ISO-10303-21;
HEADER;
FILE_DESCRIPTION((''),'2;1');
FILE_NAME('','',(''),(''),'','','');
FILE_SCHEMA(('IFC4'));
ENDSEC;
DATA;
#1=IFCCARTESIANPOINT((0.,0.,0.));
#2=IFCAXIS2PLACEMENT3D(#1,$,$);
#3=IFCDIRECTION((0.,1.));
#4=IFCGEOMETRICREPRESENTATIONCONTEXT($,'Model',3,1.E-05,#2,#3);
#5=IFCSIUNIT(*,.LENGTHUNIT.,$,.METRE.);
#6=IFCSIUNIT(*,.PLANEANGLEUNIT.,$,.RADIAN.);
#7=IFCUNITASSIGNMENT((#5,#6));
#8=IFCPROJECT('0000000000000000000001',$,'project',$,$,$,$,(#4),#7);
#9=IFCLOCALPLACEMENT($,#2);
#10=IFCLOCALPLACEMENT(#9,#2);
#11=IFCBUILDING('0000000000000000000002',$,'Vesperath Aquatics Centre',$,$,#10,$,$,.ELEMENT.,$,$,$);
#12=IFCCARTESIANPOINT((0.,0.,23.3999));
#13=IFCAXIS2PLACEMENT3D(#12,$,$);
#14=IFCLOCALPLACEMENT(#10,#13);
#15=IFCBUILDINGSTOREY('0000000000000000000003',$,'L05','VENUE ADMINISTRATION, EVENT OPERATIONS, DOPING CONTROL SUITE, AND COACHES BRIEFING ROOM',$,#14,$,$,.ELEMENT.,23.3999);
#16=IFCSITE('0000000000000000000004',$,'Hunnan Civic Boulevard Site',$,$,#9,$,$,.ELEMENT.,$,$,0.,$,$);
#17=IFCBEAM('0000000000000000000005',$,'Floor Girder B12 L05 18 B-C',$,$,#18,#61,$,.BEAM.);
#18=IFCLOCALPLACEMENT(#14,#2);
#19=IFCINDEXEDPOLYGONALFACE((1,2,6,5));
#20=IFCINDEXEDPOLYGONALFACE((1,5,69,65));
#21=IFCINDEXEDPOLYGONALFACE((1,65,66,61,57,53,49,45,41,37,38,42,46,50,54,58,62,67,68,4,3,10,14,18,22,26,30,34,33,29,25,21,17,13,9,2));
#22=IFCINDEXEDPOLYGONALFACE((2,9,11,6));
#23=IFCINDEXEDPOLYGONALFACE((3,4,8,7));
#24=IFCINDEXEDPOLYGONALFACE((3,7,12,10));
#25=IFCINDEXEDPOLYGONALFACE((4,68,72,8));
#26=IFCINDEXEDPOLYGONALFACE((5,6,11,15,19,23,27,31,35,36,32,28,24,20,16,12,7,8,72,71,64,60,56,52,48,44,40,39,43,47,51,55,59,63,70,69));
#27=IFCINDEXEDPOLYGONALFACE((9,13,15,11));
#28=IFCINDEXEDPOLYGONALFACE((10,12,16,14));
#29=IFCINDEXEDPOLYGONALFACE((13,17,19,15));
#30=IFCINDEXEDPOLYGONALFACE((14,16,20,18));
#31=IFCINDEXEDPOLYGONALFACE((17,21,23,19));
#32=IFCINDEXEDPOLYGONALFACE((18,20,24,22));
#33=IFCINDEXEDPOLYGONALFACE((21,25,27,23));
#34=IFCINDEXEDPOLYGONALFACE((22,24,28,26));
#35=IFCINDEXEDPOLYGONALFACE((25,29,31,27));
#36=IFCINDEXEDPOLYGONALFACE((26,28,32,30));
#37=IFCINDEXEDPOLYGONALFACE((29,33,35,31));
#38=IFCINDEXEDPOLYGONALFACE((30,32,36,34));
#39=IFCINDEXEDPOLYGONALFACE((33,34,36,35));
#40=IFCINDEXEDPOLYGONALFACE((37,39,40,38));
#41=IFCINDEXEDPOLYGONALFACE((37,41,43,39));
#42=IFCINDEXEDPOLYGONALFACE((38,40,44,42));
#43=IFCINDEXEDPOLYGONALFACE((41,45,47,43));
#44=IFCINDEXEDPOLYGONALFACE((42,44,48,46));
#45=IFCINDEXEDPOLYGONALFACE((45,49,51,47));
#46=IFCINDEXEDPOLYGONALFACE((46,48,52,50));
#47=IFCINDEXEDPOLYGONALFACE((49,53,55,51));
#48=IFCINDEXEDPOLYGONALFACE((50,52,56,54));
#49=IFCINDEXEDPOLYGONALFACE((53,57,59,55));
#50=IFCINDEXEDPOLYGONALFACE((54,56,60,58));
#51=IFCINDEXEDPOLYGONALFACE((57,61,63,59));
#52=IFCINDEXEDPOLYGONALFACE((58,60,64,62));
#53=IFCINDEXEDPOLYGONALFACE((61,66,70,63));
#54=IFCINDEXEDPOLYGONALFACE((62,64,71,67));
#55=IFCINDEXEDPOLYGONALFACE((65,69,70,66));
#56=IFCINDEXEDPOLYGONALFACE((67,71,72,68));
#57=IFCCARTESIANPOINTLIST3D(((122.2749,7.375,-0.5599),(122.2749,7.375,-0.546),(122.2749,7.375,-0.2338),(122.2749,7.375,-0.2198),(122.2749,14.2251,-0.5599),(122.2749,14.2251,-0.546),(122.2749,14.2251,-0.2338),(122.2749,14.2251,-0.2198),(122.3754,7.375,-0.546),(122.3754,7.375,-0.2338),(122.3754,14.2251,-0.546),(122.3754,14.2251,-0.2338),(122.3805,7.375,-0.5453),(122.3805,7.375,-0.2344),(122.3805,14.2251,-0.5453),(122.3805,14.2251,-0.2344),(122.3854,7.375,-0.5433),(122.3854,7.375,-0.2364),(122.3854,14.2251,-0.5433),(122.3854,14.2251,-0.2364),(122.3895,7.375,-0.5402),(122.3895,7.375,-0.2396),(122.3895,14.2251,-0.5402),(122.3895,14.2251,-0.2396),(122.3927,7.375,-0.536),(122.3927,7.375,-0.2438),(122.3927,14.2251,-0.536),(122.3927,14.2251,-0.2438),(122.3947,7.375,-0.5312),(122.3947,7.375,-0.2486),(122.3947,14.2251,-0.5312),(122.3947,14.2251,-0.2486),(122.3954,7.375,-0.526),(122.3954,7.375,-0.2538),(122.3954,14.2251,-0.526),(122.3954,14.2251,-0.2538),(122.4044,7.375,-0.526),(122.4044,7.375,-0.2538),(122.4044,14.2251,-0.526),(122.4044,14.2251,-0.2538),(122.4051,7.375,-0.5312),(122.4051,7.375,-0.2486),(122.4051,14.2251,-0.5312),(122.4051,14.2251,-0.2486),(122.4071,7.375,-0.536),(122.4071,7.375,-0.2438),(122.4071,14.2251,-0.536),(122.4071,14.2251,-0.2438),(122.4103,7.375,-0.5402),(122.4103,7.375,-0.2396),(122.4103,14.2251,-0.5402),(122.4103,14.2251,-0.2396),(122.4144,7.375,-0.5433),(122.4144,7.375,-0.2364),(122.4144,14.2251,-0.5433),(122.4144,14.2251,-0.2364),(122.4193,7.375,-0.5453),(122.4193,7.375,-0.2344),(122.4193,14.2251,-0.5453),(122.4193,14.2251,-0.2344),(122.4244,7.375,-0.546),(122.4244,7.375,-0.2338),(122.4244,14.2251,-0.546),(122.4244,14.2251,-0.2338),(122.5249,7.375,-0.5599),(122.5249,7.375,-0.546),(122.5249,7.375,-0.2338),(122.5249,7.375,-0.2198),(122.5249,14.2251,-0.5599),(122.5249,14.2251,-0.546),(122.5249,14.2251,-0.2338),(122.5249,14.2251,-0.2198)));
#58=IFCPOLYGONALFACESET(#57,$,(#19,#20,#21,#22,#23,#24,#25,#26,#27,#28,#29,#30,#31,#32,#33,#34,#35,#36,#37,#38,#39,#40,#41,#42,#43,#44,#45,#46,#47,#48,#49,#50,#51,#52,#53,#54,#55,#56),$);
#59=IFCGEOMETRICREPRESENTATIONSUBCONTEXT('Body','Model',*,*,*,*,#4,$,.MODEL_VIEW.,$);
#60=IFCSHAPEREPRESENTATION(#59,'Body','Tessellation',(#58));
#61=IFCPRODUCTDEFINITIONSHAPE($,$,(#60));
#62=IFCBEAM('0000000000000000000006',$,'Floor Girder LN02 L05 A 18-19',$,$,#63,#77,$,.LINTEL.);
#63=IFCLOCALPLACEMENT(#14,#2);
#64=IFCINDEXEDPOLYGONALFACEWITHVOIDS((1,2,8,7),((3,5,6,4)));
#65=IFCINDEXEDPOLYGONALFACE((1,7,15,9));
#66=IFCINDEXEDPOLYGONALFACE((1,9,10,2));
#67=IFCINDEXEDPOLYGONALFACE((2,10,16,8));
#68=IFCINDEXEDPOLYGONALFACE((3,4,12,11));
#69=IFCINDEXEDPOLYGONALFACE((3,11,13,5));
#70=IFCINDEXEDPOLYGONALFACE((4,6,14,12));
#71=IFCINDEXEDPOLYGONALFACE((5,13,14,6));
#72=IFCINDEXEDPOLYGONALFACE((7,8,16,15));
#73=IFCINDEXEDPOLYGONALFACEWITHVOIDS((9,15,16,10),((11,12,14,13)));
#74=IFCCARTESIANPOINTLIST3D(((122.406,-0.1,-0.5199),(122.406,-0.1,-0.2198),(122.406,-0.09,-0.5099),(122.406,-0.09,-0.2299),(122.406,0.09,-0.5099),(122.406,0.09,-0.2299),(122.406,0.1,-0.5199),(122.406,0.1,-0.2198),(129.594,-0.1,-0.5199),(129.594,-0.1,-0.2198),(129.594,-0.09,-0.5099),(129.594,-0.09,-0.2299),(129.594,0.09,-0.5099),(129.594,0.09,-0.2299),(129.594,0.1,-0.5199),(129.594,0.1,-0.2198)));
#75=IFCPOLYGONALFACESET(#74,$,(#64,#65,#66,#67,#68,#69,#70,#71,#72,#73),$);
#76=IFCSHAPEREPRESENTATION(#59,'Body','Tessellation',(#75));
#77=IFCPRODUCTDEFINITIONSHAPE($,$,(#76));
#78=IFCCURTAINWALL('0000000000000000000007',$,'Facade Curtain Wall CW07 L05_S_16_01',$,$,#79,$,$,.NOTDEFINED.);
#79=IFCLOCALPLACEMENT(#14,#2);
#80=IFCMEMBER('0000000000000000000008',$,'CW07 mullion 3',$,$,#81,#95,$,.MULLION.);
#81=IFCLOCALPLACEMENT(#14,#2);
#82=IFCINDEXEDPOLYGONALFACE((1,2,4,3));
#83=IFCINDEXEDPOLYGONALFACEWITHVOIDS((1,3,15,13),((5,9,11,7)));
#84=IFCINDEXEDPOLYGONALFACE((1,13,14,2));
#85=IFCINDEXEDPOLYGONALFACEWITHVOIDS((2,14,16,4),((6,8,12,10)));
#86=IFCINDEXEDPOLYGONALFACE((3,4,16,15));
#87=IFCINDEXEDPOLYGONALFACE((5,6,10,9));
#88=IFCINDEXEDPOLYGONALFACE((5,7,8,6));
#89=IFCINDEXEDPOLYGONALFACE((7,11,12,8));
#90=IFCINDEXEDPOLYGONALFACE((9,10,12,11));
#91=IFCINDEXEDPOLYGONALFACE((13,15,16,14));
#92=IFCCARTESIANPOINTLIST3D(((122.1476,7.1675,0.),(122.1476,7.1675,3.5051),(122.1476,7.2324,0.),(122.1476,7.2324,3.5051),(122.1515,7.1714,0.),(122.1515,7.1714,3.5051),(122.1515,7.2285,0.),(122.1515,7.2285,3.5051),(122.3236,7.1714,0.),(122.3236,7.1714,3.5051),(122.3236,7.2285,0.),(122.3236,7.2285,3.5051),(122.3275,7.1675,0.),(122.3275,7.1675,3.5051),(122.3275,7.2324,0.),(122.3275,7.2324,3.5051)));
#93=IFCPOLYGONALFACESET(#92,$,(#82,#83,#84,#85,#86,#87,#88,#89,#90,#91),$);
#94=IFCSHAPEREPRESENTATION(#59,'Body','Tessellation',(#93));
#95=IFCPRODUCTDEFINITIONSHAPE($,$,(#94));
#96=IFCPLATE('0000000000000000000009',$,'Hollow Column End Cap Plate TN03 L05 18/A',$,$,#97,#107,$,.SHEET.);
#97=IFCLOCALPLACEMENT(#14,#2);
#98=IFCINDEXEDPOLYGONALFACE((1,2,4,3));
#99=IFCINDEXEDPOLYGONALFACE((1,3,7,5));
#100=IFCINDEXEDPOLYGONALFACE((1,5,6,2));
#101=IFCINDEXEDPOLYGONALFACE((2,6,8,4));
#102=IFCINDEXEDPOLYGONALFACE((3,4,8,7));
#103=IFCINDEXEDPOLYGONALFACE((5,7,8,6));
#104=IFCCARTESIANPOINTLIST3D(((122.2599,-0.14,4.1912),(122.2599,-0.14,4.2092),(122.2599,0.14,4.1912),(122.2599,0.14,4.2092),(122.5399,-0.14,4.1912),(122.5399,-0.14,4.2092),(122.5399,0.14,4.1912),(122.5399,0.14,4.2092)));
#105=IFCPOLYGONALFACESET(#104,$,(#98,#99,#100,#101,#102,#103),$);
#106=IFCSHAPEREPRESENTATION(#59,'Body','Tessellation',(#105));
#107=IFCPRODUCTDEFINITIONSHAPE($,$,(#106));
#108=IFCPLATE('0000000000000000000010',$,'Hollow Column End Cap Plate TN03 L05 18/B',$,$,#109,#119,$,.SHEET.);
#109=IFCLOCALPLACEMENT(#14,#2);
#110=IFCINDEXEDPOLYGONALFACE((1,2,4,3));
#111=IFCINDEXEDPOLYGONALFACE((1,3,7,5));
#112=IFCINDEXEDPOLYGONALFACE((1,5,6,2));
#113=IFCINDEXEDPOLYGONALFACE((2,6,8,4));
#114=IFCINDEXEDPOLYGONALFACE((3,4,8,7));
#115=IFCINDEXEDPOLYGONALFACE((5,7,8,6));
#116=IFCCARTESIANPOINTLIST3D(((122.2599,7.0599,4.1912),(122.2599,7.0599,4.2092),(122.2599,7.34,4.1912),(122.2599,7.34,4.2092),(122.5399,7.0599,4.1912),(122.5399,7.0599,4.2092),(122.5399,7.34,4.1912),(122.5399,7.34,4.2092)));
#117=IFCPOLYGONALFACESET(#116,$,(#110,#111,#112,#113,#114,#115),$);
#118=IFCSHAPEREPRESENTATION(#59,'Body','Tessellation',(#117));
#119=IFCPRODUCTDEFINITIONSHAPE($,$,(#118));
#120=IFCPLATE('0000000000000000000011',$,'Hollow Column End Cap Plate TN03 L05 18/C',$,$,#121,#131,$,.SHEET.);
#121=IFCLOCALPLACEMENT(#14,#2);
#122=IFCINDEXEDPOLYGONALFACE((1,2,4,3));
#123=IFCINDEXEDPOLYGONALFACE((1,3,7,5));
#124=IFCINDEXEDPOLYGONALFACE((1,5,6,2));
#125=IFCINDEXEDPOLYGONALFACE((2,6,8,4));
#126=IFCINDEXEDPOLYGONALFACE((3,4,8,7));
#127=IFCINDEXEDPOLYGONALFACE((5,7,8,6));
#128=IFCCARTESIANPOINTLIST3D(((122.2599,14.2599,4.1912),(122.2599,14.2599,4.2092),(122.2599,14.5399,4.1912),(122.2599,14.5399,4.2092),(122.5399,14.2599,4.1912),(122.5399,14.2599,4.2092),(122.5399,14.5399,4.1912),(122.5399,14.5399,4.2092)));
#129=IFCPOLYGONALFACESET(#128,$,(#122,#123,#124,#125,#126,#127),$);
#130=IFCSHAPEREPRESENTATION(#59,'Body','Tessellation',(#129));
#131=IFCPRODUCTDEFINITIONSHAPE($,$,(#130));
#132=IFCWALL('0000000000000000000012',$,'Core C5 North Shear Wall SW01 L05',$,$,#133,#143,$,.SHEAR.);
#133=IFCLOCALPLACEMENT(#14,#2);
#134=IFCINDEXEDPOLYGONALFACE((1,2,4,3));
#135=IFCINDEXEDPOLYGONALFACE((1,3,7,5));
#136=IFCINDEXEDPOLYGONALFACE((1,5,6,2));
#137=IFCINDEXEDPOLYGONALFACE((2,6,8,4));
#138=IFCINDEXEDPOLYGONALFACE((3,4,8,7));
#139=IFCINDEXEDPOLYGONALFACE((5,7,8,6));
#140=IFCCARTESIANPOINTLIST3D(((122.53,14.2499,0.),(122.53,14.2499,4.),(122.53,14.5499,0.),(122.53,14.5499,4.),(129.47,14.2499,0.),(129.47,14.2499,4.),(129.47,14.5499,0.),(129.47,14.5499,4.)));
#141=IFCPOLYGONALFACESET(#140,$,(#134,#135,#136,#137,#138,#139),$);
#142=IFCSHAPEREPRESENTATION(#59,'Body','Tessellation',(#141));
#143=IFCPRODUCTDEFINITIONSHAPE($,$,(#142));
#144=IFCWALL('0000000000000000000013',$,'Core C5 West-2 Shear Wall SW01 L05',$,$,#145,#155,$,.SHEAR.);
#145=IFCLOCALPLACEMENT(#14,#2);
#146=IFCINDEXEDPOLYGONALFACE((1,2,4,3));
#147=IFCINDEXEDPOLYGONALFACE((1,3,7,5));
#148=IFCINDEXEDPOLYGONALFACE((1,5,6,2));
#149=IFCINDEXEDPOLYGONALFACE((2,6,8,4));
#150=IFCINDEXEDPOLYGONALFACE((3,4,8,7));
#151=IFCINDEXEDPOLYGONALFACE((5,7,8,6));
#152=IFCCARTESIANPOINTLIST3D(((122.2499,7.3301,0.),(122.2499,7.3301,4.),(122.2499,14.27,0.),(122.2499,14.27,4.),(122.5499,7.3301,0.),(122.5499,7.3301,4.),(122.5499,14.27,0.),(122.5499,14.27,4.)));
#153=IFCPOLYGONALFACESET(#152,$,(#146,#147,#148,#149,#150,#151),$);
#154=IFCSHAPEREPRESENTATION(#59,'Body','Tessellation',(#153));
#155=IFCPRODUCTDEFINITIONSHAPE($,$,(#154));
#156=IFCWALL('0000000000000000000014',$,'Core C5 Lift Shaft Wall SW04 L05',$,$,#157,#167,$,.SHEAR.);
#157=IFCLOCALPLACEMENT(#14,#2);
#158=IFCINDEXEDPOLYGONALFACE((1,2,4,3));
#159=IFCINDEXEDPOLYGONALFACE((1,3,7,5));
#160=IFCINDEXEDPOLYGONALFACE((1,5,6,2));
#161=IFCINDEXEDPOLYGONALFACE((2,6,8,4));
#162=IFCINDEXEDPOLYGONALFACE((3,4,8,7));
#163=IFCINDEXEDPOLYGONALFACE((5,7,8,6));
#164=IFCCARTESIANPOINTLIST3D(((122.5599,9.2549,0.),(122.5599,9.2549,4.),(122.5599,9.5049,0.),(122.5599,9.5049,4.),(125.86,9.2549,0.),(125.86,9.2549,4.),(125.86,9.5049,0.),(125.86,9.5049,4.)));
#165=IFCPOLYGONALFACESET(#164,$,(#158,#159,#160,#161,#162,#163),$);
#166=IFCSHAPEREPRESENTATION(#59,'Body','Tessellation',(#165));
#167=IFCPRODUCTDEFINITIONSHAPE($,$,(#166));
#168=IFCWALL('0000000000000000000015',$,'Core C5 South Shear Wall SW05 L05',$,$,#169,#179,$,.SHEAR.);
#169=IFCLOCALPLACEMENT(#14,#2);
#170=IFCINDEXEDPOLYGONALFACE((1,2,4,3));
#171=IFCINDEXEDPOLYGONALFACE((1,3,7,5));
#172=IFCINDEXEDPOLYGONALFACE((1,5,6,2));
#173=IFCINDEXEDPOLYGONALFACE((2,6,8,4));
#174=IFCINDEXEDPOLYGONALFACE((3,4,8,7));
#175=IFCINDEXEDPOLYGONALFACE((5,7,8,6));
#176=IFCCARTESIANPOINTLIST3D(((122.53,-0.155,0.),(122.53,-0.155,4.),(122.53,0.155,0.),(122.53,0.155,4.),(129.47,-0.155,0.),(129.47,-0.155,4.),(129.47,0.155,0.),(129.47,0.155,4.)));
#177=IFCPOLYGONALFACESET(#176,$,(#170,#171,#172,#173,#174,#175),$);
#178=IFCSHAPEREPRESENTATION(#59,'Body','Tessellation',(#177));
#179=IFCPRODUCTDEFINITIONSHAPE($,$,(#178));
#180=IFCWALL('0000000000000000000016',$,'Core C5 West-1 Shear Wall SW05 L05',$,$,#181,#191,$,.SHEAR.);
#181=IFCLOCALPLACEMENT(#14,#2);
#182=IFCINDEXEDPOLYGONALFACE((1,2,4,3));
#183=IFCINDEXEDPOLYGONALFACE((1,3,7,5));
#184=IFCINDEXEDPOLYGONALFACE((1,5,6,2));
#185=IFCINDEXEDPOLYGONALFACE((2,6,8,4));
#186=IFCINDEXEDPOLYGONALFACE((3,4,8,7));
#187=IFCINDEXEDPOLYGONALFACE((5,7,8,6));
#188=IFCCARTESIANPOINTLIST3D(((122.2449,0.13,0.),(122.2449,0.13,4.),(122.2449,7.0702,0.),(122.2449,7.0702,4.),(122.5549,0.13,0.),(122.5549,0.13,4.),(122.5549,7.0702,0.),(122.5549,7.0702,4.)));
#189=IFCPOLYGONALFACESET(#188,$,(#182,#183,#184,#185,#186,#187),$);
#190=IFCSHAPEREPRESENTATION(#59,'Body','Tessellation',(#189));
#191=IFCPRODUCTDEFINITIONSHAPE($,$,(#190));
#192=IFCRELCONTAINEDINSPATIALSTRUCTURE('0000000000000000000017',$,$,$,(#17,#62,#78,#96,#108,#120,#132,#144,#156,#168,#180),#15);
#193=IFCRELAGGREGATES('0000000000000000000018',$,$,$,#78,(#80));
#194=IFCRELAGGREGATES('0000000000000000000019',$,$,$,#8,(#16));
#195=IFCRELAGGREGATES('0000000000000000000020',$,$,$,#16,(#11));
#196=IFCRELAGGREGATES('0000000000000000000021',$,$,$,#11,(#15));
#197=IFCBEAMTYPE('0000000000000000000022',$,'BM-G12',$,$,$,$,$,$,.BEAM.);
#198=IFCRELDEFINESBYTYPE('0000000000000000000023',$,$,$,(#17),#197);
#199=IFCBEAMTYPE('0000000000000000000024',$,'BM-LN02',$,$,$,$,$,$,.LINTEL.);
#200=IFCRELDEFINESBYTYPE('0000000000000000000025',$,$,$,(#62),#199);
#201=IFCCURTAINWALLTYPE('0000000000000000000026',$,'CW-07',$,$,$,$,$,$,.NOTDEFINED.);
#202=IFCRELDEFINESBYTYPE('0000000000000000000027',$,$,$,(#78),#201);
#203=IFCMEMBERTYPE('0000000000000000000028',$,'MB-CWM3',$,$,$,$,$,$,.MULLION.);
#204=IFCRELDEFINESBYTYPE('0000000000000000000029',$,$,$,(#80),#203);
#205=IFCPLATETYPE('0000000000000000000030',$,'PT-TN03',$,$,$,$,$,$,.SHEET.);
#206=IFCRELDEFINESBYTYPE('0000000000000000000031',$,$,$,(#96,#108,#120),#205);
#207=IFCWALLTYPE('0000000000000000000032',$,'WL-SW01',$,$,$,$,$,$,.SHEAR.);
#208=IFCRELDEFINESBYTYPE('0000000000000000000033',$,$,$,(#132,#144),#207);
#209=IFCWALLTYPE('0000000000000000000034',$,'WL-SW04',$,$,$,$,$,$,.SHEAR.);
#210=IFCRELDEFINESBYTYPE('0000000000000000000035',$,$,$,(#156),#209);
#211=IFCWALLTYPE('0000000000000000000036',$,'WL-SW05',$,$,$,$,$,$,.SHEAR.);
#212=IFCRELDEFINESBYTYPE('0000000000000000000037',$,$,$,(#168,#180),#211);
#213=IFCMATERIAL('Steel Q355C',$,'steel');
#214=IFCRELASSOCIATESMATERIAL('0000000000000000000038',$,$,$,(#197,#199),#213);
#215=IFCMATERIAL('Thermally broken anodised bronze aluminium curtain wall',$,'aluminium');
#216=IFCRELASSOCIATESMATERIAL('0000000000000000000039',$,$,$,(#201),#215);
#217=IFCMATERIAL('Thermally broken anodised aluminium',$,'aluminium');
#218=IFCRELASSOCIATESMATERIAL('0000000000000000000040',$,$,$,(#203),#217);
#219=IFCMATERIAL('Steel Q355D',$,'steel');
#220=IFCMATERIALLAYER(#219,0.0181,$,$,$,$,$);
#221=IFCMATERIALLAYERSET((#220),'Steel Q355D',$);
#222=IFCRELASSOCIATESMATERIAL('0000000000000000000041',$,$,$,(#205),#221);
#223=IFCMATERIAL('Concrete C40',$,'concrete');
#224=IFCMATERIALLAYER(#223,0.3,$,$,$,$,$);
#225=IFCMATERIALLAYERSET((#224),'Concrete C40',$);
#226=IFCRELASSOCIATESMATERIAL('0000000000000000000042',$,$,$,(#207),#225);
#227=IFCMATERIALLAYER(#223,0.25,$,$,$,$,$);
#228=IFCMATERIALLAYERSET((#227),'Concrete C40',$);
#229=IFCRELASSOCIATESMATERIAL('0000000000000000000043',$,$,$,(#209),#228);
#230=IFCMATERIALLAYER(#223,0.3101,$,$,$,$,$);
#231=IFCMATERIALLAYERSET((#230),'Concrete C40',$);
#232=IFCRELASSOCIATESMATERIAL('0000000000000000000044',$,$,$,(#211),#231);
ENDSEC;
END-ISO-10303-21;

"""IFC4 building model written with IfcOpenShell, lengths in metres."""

from ifc_helpers import new_model, si_unit, direction, frame, frame_2d, origin, origin_2d, place, context, subcontext, project, spatial, rectangle, hollow_rectangle, i_section, extrude, material, layer, layer_set, material_profile, profile_set, type_object, element, aggregate, save


model = new_model("IFC4")

# Units and contexts
model_context = context("Model", 3, precision=1e-05, world=origin(), true_north=direction((0.0, 1.0)))
body_context = subcontext(model_context, "Body", "Model", "MODEL_VIEW")
ifc_project = project(units=[si_unit("LENGTHUNIT", "METRE"), si_unit("PLANEANGLEUNIT", "RADIAN")], contexts=[model_context])

# Site, building, storey
site_placement = place(None, origin())
site = spatial("IfcSite", under=ifc_project, at=site_placement, Name="Hunnan Civic Boulevard Site", CompositionType="ELEMENT", RefElevation=0.0)
building_placement = place(site_placement, origin())
building = spatial("IfcBuilding", under=site, at=building_placement, Name="Vesperath Aquatics Centre", CompositionType="ELEMENT")
storey_placement = place(building_placement, frame((0.0, 0.0, 23.3999)))
storey = spatial("IfcBuildingStorey", under=building, at=storey_placement, Name="L05", Description="VENUE ADMINISTRATION, EVENT OPERATIONS, DOPING CONTROL SUITE, AND COACHES BRIEFING ROOM", CompositionType="ELEMENT", Elevation=23.3999)

# Shared definitions
ifc_material_1 = material(Name="Steel Q355C", Category="steel")

# Beams
ifc_material_profile_1 = material_profile(ifc_material_1, i_section(OverallWidth=0.25, OverallDepth=0.3401, WebThickness=0.009, FlangeThickness=0.0139, FilletRadius=0.02, at=origin_2d()), Name="HM 340x250x9x14")
ifc_profile_set_1 = profile_set([ifc_material_profile_1], Name="Steel Q355C")
beam_type_1 = type_object("IfcBeamType", Name="BM-G12", PredefinedType="BEAM", material=ifc_profile_set_1)
beam_1_placement = place(storey_placement, frame((122.3999, 7.375, -0.3899), z_axis=(0.0, 1.0, 0.0), x_axis=(-1.0, 0.0, 0.0)))
element("IfcBeam", 1, at=beam_1_placement, inside=storey, type_object=beam_type_1, Name="Floor Girder B12 L05 18 B-C", PredefinedType="BEAM", context=body_context, shape_type="SweptSolid", body=[
    extrude(i_section(OverallWidth=0.25, OverallDepth=0.3401, WebThickness=0.009, FlangeThickness=0.0139, FilletRadius=0.02, at=origin_2d()), origin(), (0.0, 0.0, 1.0), 6.8501),
])
ifc_material_profile_2 = material_profile(ifc_material_1, hollow_rectangle(XDim=0.2, YDim=0.3, WallThickness=0.01, at=origin_2d()), Name="RHS 300x200x10")
ifc_profile_set_2 = profile_set([ifc_material_profile_2], Name="Steel Q355C")
beam_type_2 = type_object("IfcBeamType", Name="BM-LN02", PredefinedType="LINTEL", material=ifc_profile_set_2)
beam_2_placement = place(storey_placement, frame((122.406, 0.0, -0.3699), z_axis=(1.0, 0.0, 0.0), x_axis=(0.0, 1.0, 0.0)))
element("IfcBeam", 2, at=beam_2_placement, inside=storey, type_object=beam_type_2, Name="Floor Girder LN02 L05 A 18-19", PredefinedType="LINTEL", context=body_context, shape_type="SweptSolid", body=[
    extrude(hollow_rectangle(XDim=0.2, YDim=0.3, WallThickness=0.01, at=origin_2d()), origin(), (0.0, 0.0, 1.0), 7.188),
])

# Curtain wall, member
ifc_material_2 = material(Name="Thermally broken anodised bronze aluminium curtain wall", Category="aluminium")
curtain_wall_type = type_object("IfcCurtainWallType", Name="CW-07", PredefinedType="NOTDEFINED", material=ifc_material_2)
curtain_wall_placement = place(storey_placement, origin())
curtain_wall = element("IfcCurtainWall", 3, at=curtain_wall_placement, inside=storey, type_object=curtain_wall_type, Name="Facade Curtain Wall CW07 L05_S_16_01", PredefinedType="NOTDEFINED")
ifc_material_3 = material(Name="Thermally broken anodised aluminium", Category="aluminium")
ifc_material_profile_3 = material_profile(ifc_material_3, hollow_rectangle(XDim=0.0649, YDim=0.1799, WallThickness=0.0039, at=origin_2d()), Name="CWM 65x180x4")
ifc_profile_set_3 = profile_set([ifc_material_profile_3], Name="Thermally broken anodised aluminium")
member_type = type_object("IfcMemberType", Name="MB-CWM3", PredefinedType="MULLION", material=ifc_profile_set_3)
member_placement = place(storey_placement, frame((122.2375, 7.2, 0.0), z_axis=(0.0, 0.0, 1.0), x_axis=(0.0, 1.0, 0.0)))
member = element("IfcMember", 4, at=member_placement, type_object=member_type, Name="CW07 mullion 3", PredefinedType="MULLION", context=body_context, shape_type="SweptSolid", body=[
    extrude(hollow_rectangle(XDim=0.0649, YDim=0.1799, WallThickness=0.0039, at=origin_2d()), origin(), (0.0, 0.0, 1.0), 3.5051),
])
aggregate(curtain_wall, [member])

# Plates
ifc_material_4 = material(Name="Steel Q355D", Category="steel")
ifc_layer_1 = layer(ifc_material_4, 0.0181)
ifc_layer_set_1 = layer_set([ifc_layer_1], Name="Steel Q355D")
plate_type = type_object("IfcPlateType", Name="PT-TN03", PredefinedType="SHEET", material=ifc_layer_set_1)
for number, where, z_axis, x_axis, name in (
    (5, (122.3999, 0.0, 4.1912), (0.0, 0.0, 1.0), (1.0, 0.0, 0.0), "Hollow Column End Cap Plate TN03 L05 18/A"),
    (6, (122.3999, 7.2, 4.1912), (0.0, 0.0, 1.0), (1.0, 0.0, 0.0), "Hollow Column End Cap Plate TN03 L05 18/B"),
    (7, (122.3999, 14.3999, 4.1912), (0.0, 0.0, 1.0), (1.0, 0.0, 0.0), "Hollow Column End Cap Plate TN03 L05 18/C"),
):
    element("IfcPlate", number, at=place(storey_placement, frame(where, z_axis=z_axis, x_axis=x_axis)), inside=storey, type_object=plate_type, Name=name, PredefinedType="SHEET", context=body_context, shape_type="SweptSolid", body=[
        extrude(rectangle(XDim=0.28, YDim=0.28, at=origin_2d()), origin(), (0.0, 0.0, 1.0), 0.0181),
    ])

# Walls
ifc_material_5 = material(Name="Concrete C40", Category="concrete")
ifc_layer_2 = layer(ifc_material_5, 0.3)
ifc_layer_set_2 = layer_set([ifc_layer_2], Name="Concrete C40")
wall_type_1 = type_object("IfcWallType", Name="WL-SW01", PredefinedType="SHEAR", material=ifc_layer_set_2)
for number, where, z_axis, x_axis, name in (
    (8, (122.53, 14.3999, 0.0), (0.0, 0.0, 1.0), (1.0, 0.0, 0.0), "Core C5 North Shear Wall SW01 L05"),
    (9, (122.3999, 7.3301, 0.0), (0.0, 0.0, 1.0), (0.0, 1.0, 0.0), "Core C5 West-2 Shear Wall SW01 L05"),
):
    element("IfcWall", number, at=place(storey_placement, frame(where, z_axis=z_axis, x_axis=x_axis)), inside=storey, type_object=wall_type_1, Name=name, PredefinedType="SHEAR", context=body_context, shape_type="SweptSolid", body=[
        extrude(rectangle(XDim=6.9399, YDim=0.3, at=frame_2d((3.47, 0.0))), origin(), (0.0, 0.0, 1.0), 4.0),
    ])
ifc_layer_3 = layer(ifc_material_5, 0.25)
ifc_layer_set_3 = layer_set([ifc_layer_3], Name="Concrete C40")
wall_type_2 = type_object("IfcWallType", Name="WL-SW04", PredefinedType="SHEAR", material=ifc_layer_set_3)
wall_1_placement = place(storey_placement, frame((122.5601, 9.3799, 0.0), z_axis=(0.0, 0.0, 1.0), x_axis=(1.0, 0.0, 0.0)))
element("IfcWall", 10, at=wall_1_placement, inside=storey, type_object=wall_type_2, Name="Core C5 Lift Shaft Wall SW04 L05", PredefinedType="SHEAR", context=body_context, shape_type="SweptSolid", body=[
    extrude(rectangle(XDim=3.3, YDim=0.25, at=frame_2d((1.6499, 0.0))), origin(), (0.0, 0.0, 1.0), 4.0),
])
ifc_layer_4 = layer(ifc_material_5, 0.3101)
ifc_layer_set_4 = layer_set([ifc_layer_4], Name="Concrete C40")
wall_type_3 = type_object("IfcWallType", Name="WL-SW05", PredefinedType="SHEAR", material=ifc_layer_set_4)
wall_2_placement = place(storey_placement, frame((122.53, 0.0, 0.0), z_axis=(0.0, 0.0, 1.0), x_axis=(1.0, 0.0, 0.0)))
element("IfcWall", 11, at=wall_2_placement, inside=storey, type_object=wall_type_3, Name="Core C5 South Shear Wall SW05 L05", PredefinedType="SHEAR", context=body_context, shape_type="SweptSolid", body=[
    extrude(rectangle(XDim=6.9399, YDim=0.3101, at=frame_2d((3.47, 0.0))), origin(), (0.0, 0.0, 1.0), 4.0),
])
wall_3_placement = place(storey_placement, frame((122.3999, 0.1299, 0.0), z_axis=(0.0, 0.0, 1.0), x_axis=(0.0, 1.0, 0.0)))
element("IfcWall", 12, at=wall_3_placement, inside=storey, type_object=wall_type_3, Name="Core C5 West-1 Shear Wall SW05 L05", PredefinedType="SHEAR", context=body_context, shape_type="SweptSolid", body=[
    extrude(rectangle(XDim=6.9402, YDim=0.3101, at=frame_2d((3.4702, 0.0))), origin(), (0.0, 0.0, 1.0), 4.0),
])

save(model, "model.ifc")
